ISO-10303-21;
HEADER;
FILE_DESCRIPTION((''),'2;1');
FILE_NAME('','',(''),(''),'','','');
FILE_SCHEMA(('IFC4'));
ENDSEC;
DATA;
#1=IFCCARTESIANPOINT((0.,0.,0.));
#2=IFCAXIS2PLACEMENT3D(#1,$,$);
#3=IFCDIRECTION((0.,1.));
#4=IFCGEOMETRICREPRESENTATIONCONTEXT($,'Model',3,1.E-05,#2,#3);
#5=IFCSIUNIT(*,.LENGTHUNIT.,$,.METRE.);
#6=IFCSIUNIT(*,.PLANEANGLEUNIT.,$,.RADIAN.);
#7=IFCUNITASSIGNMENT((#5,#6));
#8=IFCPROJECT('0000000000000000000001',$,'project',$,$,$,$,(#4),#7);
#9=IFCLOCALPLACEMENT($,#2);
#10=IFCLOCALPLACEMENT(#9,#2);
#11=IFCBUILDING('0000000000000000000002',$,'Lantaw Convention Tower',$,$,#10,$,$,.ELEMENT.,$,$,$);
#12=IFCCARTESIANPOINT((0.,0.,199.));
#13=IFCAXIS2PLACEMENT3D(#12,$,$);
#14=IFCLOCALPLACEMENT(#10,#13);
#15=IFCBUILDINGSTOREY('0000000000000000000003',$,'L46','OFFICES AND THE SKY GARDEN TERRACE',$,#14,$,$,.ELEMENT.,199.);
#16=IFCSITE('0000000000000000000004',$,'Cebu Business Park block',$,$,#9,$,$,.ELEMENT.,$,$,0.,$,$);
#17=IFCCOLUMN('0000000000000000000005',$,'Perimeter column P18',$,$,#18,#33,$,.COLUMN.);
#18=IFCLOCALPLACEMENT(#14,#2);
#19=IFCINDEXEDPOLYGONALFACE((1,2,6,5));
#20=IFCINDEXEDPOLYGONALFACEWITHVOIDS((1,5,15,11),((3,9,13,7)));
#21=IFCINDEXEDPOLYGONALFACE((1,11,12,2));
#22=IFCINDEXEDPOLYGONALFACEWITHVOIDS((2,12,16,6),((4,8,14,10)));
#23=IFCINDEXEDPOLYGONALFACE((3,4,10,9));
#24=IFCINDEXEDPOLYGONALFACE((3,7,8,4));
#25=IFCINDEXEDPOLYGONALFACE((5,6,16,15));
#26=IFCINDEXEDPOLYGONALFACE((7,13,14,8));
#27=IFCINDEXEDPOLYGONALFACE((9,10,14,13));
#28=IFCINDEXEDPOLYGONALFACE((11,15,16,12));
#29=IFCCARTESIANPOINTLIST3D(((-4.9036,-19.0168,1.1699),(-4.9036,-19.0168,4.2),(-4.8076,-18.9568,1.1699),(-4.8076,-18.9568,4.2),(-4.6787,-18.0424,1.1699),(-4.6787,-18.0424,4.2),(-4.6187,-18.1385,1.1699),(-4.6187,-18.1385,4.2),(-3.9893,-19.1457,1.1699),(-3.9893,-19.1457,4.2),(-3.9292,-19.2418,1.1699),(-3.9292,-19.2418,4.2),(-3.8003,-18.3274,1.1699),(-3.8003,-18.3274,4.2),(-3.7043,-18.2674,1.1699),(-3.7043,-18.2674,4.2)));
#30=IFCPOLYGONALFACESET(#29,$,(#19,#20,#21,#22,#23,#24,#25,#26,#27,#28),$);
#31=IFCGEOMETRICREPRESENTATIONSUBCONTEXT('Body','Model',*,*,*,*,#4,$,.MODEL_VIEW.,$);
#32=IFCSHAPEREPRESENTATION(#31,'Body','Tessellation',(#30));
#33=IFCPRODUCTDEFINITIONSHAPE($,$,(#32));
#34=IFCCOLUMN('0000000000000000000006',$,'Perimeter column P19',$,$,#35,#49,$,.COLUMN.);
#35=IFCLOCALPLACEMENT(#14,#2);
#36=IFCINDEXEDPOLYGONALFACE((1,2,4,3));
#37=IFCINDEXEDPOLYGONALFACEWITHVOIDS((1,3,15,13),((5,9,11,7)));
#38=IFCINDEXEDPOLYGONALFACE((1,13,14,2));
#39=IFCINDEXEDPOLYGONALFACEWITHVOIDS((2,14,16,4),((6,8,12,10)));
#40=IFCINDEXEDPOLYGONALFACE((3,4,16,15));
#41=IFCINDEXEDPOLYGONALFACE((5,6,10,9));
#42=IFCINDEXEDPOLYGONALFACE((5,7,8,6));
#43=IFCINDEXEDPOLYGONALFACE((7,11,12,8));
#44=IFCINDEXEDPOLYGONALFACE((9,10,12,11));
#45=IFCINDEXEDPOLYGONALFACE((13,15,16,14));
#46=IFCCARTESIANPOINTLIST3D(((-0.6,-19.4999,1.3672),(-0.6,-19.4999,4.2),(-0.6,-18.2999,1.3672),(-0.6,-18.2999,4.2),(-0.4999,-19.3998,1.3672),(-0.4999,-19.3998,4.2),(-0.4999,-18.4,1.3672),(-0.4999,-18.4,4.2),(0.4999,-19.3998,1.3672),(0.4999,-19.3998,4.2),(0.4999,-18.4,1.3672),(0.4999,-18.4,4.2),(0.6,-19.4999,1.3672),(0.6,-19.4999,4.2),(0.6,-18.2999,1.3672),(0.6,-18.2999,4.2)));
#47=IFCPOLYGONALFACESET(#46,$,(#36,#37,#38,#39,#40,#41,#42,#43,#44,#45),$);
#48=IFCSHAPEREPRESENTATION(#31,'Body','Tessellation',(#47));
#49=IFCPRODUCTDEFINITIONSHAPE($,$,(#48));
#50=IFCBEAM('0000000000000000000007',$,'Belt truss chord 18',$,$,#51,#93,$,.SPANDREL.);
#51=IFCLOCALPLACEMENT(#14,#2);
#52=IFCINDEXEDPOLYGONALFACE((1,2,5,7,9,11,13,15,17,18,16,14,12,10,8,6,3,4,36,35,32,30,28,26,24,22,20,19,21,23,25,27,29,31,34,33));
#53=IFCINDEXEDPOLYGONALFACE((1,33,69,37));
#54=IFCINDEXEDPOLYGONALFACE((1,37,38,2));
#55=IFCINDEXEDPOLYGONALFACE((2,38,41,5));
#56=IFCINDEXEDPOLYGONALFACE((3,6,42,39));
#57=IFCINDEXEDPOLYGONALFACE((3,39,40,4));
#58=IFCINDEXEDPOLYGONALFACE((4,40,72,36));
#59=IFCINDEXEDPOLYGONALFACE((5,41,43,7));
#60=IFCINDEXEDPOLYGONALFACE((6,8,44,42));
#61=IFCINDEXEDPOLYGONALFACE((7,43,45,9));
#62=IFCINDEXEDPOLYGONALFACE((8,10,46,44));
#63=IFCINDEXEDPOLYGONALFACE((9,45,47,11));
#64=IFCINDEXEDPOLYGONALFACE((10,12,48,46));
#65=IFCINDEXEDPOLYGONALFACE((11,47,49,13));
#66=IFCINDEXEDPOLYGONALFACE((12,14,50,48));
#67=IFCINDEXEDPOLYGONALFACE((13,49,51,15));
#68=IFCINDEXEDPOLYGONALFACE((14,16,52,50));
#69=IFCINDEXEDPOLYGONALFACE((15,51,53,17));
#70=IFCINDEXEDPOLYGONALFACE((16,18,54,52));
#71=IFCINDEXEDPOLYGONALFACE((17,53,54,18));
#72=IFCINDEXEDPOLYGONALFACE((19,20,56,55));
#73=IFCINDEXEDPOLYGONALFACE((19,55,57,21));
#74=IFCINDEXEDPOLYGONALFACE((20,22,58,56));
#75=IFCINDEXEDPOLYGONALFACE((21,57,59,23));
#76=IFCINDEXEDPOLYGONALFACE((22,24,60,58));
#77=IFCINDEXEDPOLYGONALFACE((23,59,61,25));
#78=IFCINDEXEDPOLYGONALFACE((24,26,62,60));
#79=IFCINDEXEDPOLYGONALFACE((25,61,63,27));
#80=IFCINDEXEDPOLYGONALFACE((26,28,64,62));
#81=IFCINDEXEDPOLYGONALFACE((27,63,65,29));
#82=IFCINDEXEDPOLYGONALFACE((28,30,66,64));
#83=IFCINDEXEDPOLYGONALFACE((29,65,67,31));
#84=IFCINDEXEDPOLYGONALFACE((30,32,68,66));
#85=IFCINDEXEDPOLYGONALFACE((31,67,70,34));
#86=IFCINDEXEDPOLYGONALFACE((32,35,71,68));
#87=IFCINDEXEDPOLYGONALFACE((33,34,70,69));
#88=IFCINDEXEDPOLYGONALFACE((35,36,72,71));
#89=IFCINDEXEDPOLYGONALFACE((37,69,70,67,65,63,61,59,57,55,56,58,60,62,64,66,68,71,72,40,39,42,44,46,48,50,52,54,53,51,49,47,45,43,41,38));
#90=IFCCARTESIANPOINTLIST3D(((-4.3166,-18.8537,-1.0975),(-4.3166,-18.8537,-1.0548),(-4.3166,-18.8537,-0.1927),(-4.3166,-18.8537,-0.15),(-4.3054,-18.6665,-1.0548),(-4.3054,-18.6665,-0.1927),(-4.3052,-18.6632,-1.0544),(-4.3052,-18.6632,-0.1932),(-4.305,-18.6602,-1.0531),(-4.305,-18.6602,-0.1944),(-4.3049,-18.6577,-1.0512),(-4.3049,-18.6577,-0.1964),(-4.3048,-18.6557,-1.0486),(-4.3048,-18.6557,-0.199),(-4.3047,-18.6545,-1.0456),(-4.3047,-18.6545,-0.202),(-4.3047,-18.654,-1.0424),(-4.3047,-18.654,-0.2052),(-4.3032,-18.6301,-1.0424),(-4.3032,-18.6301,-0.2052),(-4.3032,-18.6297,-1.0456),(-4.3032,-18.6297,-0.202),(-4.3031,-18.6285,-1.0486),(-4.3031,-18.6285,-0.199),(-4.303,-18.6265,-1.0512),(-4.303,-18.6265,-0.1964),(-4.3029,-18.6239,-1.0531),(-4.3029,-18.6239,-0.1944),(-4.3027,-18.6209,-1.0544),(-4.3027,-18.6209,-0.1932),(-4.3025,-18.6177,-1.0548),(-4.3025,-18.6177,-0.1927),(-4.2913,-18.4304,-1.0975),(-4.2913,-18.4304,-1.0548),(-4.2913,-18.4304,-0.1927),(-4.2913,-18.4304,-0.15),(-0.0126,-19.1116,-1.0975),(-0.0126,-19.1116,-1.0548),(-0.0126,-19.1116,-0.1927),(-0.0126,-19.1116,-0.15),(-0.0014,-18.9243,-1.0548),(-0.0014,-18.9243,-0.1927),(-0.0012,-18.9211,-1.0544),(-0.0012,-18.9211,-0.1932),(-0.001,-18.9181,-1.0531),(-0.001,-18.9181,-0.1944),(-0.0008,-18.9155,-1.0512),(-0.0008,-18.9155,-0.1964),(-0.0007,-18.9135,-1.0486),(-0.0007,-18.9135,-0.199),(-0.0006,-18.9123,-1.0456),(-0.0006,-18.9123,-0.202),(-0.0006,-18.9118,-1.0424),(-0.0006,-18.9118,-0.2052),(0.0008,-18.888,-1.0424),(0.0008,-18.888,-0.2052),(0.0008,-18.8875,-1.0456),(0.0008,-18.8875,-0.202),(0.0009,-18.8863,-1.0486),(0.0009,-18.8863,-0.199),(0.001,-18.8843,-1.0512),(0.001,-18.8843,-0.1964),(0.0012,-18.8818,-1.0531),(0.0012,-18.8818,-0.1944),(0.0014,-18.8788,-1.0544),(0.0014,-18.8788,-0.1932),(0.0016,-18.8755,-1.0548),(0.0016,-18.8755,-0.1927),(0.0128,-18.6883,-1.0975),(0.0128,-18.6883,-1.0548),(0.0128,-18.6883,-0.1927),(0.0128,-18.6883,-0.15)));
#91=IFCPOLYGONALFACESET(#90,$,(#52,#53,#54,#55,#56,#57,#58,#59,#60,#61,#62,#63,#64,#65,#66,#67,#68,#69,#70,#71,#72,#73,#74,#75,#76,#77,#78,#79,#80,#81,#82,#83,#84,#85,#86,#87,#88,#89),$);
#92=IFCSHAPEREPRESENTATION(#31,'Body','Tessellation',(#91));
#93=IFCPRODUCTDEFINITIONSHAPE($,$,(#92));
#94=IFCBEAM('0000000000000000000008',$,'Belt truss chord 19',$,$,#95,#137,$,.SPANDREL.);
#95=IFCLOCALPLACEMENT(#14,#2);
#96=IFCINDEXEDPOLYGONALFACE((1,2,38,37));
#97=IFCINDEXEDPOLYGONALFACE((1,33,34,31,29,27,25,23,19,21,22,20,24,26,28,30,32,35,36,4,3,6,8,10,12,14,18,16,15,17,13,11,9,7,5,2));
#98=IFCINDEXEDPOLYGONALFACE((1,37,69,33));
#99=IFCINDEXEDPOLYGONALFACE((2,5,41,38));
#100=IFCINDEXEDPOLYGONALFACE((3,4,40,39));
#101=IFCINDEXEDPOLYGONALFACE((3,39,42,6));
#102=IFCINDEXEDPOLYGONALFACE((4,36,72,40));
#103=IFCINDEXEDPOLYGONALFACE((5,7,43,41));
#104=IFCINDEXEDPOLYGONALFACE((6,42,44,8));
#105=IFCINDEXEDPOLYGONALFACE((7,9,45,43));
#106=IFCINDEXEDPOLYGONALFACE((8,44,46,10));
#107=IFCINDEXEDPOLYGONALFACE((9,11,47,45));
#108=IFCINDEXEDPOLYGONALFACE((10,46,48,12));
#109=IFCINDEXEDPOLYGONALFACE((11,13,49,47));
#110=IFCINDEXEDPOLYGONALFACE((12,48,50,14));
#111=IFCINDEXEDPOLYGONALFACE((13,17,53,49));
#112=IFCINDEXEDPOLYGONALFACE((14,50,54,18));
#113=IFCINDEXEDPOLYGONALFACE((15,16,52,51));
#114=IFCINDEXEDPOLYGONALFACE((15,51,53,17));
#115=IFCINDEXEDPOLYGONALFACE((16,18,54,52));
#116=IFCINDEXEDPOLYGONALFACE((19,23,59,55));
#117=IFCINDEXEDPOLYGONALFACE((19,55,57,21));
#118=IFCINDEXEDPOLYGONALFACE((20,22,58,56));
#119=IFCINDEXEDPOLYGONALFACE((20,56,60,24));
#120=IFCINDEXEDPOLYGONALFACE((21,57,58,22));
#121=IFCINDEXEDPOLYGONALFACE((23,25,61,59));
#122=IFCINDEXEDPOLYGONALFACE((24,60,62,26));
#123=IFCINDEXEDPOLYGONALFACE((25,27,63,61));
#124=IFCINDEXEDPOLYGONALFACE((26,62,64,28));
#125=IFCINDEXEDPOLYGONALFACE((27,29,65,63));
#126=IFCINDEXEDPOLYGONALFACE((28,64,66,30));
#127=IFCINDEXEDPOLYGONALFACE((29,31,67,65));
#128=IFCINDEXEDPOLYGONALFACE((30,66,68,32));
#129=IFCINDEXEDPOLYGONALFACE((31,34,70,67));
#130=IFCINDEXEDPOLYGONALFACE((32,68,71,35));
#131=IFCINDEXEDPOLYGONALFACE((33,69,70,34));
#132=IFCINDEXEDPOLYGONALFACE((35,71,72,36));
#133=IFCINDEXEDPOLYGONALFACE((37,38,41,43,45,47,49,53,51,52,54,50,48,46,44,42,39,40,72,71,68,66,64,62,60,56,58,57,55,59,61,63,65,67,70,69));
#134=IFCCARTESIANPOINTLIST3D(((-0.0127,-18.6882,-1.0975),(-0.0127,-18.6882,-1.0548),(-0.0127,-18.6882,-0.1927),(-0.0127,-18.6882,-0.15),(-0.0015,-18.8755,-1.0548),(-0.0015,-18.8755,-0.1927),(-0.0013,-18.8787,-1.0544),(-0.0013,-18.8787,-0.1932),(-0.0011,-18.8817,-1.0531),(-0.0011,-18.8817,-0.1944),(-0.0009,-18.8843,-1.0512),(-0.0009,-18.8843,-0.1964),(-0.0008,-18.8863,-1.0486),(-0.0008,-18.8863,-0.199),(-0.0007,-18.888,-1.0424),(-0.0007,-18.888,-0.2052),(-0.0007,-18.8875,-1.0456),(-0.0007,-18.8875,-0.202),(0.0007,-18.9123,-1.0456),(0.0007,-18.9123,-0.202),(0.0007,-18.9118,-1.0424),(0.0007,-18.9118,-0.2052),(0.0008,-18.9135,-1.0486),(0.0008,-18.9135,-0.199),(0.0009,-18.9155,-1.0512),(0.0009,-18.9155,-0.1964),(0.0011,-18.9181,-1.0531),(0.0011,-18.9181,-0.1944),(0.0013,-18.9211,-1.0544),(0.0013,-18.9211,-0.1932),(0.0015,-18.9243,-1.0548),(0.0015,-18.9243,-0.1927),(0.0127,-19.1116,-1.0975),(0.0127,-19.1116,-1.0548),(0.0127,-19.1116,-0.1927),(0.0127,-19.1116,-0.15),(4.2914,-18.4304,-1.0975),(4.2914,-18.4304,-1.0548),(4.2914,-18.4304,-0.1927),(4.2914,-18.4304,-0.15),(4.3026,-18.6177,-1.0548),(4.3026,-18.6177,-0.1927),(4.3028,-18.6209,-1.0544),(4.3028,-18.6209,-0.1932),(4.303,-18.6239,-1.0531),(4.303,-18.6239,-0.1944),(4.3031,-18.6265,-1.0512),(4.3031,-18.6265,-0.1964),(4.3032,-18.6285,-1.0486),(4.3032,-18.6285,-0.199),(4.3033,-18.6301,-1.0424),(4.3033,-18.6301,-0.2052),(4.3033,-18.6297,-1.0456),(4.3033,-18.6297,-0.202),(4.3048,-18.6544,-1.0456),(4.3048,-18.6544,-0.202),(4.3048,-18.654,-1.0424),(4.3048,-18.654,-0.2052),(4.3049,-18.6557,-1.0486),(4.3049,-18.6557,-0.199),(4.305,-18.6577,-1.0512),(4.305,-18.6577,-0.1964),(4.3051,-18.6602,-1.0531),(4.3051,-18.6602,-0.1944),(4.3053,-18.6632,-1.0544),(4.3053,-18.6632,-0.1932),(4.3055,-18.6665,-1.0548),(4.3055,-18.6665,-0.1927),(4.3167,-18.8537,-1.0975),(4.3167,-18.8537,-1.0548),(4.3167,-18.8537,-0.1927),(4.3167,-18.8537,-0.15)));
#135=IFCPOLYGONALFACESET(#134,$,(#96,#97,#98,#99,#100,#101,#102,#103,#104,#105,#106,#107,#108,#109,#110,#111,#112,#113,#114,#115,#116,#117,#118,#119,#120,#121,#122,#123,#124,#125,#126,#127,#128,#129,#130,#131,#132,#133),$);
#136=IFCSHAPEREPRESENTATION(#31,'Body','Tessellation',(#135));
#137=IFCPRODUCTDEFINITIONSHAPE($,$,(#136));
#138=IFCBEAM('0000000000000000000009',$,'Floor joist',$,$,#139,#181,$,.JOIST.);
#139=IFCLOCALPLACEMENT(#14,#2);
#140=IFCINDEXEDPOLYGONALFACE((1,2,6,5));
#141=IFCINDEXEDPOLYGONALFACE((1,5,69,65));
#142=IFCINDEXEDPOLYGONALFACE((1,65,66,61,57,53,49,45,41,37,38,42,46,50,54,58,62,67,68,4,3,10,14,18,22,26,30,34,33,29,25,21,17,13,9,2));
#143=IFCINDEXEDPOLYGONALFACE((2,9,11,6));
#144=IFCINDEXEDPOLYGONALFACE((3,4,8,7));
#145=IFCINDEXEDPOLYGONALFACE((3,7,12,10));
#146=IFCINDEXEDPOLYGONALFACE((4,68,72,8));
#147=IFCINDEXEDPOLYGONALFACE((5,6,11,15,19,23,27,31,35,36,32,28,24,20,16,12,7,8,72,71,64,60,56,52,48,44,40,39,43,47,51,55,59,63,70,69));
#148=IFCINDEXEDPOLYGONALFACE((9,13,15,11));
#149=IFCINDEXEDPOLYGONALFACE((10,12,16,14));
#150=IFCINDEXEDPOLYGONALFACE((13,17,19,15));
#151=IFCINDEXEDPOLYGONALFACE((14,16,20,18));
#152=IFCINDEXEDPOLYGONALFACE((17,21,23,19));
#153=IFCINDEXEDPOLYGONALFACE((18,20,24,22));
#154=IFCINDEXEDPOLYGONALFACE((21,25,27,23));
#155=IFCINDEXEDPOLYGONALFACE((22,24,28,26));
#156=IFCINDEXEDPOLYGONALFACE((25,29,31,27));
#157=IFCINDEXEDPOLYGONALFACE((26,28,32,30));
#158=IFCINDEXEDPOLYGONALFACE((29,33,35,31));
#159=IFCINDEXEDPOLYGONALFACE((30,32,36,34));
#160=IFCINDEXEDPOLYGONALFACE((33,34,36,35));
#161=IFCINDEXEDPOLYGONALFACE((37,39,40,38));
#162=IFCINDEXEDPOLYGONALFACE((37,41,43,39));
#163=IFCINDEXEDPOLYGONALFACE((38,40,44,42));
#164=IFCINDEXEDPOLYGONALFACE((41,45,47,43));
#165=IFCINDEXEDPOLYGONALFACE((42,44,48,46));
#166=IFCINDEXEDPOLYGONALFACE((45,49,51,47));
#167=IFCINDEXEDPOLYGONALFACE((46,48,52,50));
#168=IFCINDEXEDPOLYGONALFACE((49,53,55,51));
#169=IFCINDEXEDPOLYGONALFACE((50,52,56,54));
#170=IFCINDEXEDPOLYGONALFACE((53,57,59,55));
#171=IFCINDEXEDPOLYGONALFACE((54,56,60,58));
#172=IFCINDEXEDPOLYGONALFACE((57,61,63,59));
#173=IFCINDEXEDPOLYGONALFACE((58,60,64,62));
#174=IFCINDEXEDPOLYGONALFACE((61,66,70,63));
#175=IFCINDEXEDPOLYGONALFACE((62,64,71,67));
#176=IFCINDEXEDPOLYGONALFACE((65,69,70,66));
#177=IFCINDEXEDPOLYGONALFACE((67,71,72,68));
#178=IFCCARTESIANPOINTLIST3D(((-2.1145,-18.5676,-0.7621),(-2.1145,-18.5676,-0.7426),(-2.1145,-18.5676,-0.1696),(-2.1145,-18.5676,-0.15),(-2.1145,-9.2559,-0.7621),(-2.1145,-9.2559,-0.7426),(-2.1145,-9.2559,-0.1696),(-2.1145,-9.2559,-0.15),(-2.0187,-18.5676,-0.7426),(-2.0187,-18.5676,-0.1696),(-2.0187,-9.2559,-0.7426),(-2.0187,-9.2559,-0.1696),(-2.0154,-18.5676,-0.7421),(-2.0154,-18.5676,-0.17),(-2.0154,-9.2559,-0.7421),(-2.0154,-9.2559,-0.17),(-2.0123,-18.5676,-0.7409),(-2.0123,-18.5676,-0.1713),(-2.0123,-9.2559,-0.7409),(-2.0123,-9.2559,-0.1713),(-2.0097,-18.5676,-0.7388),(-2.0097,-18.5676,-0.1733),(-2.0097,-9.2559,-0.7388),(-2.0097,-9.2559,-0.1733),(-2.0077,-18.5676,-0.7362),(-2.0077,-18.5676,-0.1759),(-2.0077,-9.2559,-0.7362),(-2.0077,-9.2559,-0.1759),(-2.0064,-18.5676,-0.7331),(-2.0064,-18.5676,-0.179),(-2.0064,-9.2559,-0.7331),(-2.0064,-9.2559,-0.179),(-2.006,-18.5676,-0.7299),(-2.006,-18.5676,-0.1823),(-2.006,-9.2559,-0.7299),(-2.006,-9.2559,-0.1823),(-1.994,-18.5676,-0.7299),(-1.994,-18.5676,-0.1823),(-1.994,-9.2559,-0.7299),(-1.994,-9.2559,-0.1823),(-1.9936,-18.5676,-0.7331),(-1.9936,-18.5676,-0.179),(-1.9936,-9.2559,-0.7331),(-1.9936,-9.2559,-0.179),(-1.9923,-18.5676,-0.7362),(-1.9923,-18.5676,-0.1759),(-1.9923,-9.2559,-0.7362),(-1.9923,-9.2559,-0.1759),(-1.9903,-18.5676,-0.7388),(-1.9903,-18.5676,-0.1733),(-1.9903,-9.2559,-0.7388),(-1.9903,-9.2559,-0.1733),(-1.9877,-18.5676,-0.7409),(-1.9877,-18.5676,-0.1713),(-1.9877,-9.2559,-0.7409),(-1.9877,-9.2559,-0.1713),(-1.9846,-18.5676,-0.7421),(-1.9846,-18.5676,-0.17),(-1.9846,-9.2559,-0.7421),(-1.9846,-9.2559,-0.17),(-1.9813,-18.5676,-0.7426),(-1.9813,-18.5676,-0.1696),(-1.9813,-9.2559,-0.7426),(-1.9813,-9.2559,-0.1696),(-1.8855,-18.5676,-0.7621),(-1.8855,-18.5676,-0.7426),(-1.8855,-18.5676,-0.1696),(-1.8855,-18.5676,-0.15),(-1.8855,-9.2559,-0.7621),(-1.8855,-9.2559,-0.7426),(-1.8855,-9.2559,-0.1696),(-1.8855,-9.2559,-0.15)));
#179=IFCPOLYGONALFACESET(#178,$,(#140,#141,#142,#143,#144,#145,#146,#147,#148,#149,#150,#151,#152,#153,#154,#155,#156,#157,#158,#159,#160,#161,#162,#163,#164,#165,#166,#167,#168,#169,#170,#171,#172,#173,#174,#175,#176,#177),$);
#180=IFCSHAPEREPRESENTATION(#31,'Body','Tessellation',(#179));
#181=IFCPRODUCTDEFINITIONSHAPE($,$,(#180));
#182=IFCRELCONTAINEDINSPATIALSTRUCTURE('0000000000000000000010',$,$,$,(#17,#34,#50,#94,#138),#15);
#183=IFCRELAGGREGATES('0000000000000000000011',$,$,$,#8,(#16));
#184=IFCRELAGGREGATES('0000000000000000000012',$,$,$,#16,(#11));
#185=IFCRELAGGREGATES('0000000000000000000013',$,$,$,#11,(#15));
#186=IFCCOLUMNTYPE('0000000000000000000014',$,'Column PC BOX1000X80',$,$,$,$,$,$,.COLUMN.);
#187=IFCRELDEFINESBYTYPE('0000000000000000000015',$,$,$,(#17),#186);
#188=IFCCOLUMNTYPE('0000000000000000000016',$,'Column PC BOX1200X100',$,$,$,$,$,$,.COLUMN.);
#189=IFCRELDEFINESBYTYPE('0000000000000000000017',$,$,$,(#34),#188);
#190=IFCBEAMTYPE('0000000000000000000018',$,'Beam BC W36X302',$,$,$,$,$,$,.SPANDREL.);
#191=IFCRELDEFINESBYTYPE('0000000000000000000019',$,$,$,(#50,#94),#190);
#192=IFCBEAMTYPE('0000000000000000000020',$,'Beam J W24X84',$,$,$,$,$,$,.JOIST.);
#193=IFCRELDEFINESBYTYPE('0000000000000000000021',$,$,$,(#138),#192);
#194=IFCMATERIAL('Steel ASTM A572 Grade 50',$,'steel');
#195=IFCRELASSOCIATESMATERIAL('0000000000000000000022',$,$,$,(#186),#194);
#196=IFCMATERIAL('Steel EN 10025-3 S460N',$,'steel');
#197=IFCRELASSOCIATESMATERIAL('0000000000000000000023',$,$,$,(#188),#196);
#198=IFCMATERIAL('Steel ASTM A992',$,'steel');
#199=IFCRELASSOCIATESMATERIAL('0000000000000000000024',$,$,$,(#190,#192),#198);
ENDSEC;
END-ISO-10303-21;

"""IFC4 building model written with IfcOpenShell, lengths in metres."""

from ifc_helpers import new_model, si_unit, direction, frame, origin, origin_2d, place, context, subcontext, project, spatial, rectangle, hollow_rectangle, i_section, extrude, material, material_profile, profile_set, type_object, element, save


model = new_model("IFC4")

# Units and contexts
model_context = context("Model", 3, precision=1e-05, world=origin(), true_north=direction((0.0, 1.0)))
body_context = subcontext(model_context, "Body", "Model", "MODEL_VIEW")
ifc_project = project(units=[si_unit("LENGTHUNIT", "METRE"), si_unit("PLANEANGLEUNIT", "RADIAN")], contexts=[model_context])

# Site, building, storey
site_placement = place(None, origin())
site = spatial("IfcSite", under=ifc_project, at=site_placement, Name="Cebu Business Park block", CompositionType="ELEMENT", RefElevation=0.0)
building_placement = place(site_placement, origin())
building = spatial("IfcBuilding", under=site, at=building_placement, Name="Lantaw Convention Tower", CompositionType="ELEMENT")
storey_placement = place(building_placement, frame((0.0, 0.0, 199.0)))
storey = spatial("IfcBuildingStorey", under=building, at=storey_placement, Name="L46", Description="OFFICES AND THE SKY GARDEN TERRACE", CompositionType="ELEMENT", Elevation=199.0)

# Columns
ifc_material_1 = material(Name="Steel ASTM A572 Grade 50", Category="steel")
ifc_material_profile_1 = material_profile(ifc_material_1, hollow_rectangle(XDim=1.0, YDim=1.0, WallThickness=0.0801, at=origin_2d()), Name="BOX1000X80")
ifc_material_2 = material(Name="Concrete C60/75", Category="concrete")
ifc_material_profile_2 = material_profile(ifc_material_2, rectangle(XDim=0.8401, YDim=0.8401, at=origin_2d()), Name="Concrete fill of BOX1000X80")
ifc_profile_set_1 = profile_set([ifc_material_profile_1, ifc_material_profile_2], Name="Steel ASTM A572 Grade 50")
column_type_1 = type_object("IfcColumnType", Name="Column PC BOX1000X80", PredefinedType="COLUMN", material=ifc_profile_set_1)
column_1_placement = place(storey_placement, frame((-4.304, -18.6421, 1.1699), z_axis=(0.0, 0.0, 1.0), x_axis=(0.224951, 0.97437, 0.0)))
element("IfcColumn", 1, at=column_1_placement, inside=storey, type_object=column_type_1, Name="Perimeter column P18", PredefinedType="COLUMN", context=body_context, shape_type="SweptSolid", body=[
    extrude(hollow_rectangle(XDim=1.0, YDim=1.0, WallThickness=0.0801, at=origin_2d()), origin(), (0.0, 0.0, 1.0), 3.03),
])
ifc_material_3 = material(Name="Steel EN 10025-3 S460N", Category="steel")
ifc_material_profile_3 = material_profile(ifc_material_3, hollow_rectangle(XDim=1.2, YDim=1.2, WallThickness=0.1001, at=origin_2d()), Name="BOX1200X100")
ifc_material_profile_4 = material_profile(ifc_material_2, rectangle(XDim=1.0, YDim=1.0, at=origin_2d()), Name="Concrete fill of BOX1200X100")
ifc_profile_set_2 = profile_set([ifc_material_profile_3, ifc_material_profile_4], Name="Steel EN 10025-3 S460N")
column_type_2 = type_object("IfcColumnType", Name="Column PC BOX1200X100", PredefinedType="COLUMN", material=ifc_profile_set_2)
column_2_placement = place(storey_placement, frame((0.0, -18.8999, 1.3672), z_axis=(0.0, 0.0, 1.0), x_axis=(1.0, 0.0, 0.0)))
element("IfcColumn", 2, at=column_2_placement, inside=storey, type_object=column_type_2, Name="Perimeter column P19", PredefinedType="COLUMN", context=body_context, shape_type="SweptSolid", body=[
    extrude(hollow_rectangle(XDim=1.2, YDim=1.2, WallThickness=0.1001, at=origin_2d()), origin(), (0.0, 0.0, 1.0), 2.8328),
])

# Beams
ifc_material_4 = material(Name="Steel ASTM A992", Category="steel")
ifc_material_profile_5 = material_profile(ifc_material_4, i_section(OverallWidth=0.4241, OverallDepth=0.9475, WebThickness=0.0239, FlangeThickness=0.0427, FilletRadius=0.0125, at=origin_2d()), Name="W36X302")
ifc_profile_set_3 = profile_set([ifc_material_profile_5], Name="Steel ASTM A992")
beam_type_1 = type_object("IfcBeamType", Name="Beam BC W36X302", PredefinedType="SPANDREL", material=ifc_profile_set_3)
for number, where, z_axis, x_axis, name in (
    (3, (-4.304, -18.6421, -0.6238), (0.998211, -0.059794, 0.0), (0.059794, 0.998211, 0.0), "Belt truss chord 18"),
    (4, (0.0, -18.8999, -0.6238), (0.998211, 0.059794, 0.0), (-0.059794, 0.998211, 0.0), "Belt truss chord 19"),
):
    element("IfcBeam", number, at=place(storey_placement, frame(where, z_axis=z_axis, x_axis=x_axis)), inside=storey, type_object=beam_type_1, Name=name, PredefinedType="SPANDREL", context=body_context, shape_type="SweptSolid", body=[
        extrude(i_section(OverallWidth=0.4241, OverallDepth=0.9475, WebThickness=0.0239, FlangeThickness=0.0427, FilletRadius=0.0125, at=origin_2d()), origin(), (0.0, 0.0, 1.0), 4.3118),
    ])
ifc_material_profile_6 = material_profile(ifc_material_4, i_section(OverallWidth=0.229, OverallDepth=0.6121, WebThickness=0.012, FlangeThickness=0.0195, FilletRadius=0.0127, at=origin_2d()), Name="W24X84")
ifc_profile_set_4 = profile_set([ifc_material_profile_6], Name="Steel ASTM A992")
beam_type_2 = type_object("IfcBeamType", Name="Beam J W24X84", PredefinedType="JOIST", material=ifc_profile_set_4)
beam_placement = place(storey_placement, frame((-2.0, -18.5676, -0.4561), z_axis=(0.0, 1.0, 0.0), x_axis=(-1.0, 0.0, 0.0)))
element("IfcBeam", 5, at=beam_placement, inside=storey, type_object=beam_type_2, Name="Floor joist", PredefinedType="JOIST", context=body_context, shape_type="SweptSolid", body=[
    extrude(i_section(OverallWidth=0.229, OverallDepth=0.6121, WebThickness=0.012, FlangeThickness=0.0195, FilletRadius=0.0127, at=origin_2d()), origin(), (0.0, 0.0, 1.0), 9.3118),
])

save(model, "model.ifc")
